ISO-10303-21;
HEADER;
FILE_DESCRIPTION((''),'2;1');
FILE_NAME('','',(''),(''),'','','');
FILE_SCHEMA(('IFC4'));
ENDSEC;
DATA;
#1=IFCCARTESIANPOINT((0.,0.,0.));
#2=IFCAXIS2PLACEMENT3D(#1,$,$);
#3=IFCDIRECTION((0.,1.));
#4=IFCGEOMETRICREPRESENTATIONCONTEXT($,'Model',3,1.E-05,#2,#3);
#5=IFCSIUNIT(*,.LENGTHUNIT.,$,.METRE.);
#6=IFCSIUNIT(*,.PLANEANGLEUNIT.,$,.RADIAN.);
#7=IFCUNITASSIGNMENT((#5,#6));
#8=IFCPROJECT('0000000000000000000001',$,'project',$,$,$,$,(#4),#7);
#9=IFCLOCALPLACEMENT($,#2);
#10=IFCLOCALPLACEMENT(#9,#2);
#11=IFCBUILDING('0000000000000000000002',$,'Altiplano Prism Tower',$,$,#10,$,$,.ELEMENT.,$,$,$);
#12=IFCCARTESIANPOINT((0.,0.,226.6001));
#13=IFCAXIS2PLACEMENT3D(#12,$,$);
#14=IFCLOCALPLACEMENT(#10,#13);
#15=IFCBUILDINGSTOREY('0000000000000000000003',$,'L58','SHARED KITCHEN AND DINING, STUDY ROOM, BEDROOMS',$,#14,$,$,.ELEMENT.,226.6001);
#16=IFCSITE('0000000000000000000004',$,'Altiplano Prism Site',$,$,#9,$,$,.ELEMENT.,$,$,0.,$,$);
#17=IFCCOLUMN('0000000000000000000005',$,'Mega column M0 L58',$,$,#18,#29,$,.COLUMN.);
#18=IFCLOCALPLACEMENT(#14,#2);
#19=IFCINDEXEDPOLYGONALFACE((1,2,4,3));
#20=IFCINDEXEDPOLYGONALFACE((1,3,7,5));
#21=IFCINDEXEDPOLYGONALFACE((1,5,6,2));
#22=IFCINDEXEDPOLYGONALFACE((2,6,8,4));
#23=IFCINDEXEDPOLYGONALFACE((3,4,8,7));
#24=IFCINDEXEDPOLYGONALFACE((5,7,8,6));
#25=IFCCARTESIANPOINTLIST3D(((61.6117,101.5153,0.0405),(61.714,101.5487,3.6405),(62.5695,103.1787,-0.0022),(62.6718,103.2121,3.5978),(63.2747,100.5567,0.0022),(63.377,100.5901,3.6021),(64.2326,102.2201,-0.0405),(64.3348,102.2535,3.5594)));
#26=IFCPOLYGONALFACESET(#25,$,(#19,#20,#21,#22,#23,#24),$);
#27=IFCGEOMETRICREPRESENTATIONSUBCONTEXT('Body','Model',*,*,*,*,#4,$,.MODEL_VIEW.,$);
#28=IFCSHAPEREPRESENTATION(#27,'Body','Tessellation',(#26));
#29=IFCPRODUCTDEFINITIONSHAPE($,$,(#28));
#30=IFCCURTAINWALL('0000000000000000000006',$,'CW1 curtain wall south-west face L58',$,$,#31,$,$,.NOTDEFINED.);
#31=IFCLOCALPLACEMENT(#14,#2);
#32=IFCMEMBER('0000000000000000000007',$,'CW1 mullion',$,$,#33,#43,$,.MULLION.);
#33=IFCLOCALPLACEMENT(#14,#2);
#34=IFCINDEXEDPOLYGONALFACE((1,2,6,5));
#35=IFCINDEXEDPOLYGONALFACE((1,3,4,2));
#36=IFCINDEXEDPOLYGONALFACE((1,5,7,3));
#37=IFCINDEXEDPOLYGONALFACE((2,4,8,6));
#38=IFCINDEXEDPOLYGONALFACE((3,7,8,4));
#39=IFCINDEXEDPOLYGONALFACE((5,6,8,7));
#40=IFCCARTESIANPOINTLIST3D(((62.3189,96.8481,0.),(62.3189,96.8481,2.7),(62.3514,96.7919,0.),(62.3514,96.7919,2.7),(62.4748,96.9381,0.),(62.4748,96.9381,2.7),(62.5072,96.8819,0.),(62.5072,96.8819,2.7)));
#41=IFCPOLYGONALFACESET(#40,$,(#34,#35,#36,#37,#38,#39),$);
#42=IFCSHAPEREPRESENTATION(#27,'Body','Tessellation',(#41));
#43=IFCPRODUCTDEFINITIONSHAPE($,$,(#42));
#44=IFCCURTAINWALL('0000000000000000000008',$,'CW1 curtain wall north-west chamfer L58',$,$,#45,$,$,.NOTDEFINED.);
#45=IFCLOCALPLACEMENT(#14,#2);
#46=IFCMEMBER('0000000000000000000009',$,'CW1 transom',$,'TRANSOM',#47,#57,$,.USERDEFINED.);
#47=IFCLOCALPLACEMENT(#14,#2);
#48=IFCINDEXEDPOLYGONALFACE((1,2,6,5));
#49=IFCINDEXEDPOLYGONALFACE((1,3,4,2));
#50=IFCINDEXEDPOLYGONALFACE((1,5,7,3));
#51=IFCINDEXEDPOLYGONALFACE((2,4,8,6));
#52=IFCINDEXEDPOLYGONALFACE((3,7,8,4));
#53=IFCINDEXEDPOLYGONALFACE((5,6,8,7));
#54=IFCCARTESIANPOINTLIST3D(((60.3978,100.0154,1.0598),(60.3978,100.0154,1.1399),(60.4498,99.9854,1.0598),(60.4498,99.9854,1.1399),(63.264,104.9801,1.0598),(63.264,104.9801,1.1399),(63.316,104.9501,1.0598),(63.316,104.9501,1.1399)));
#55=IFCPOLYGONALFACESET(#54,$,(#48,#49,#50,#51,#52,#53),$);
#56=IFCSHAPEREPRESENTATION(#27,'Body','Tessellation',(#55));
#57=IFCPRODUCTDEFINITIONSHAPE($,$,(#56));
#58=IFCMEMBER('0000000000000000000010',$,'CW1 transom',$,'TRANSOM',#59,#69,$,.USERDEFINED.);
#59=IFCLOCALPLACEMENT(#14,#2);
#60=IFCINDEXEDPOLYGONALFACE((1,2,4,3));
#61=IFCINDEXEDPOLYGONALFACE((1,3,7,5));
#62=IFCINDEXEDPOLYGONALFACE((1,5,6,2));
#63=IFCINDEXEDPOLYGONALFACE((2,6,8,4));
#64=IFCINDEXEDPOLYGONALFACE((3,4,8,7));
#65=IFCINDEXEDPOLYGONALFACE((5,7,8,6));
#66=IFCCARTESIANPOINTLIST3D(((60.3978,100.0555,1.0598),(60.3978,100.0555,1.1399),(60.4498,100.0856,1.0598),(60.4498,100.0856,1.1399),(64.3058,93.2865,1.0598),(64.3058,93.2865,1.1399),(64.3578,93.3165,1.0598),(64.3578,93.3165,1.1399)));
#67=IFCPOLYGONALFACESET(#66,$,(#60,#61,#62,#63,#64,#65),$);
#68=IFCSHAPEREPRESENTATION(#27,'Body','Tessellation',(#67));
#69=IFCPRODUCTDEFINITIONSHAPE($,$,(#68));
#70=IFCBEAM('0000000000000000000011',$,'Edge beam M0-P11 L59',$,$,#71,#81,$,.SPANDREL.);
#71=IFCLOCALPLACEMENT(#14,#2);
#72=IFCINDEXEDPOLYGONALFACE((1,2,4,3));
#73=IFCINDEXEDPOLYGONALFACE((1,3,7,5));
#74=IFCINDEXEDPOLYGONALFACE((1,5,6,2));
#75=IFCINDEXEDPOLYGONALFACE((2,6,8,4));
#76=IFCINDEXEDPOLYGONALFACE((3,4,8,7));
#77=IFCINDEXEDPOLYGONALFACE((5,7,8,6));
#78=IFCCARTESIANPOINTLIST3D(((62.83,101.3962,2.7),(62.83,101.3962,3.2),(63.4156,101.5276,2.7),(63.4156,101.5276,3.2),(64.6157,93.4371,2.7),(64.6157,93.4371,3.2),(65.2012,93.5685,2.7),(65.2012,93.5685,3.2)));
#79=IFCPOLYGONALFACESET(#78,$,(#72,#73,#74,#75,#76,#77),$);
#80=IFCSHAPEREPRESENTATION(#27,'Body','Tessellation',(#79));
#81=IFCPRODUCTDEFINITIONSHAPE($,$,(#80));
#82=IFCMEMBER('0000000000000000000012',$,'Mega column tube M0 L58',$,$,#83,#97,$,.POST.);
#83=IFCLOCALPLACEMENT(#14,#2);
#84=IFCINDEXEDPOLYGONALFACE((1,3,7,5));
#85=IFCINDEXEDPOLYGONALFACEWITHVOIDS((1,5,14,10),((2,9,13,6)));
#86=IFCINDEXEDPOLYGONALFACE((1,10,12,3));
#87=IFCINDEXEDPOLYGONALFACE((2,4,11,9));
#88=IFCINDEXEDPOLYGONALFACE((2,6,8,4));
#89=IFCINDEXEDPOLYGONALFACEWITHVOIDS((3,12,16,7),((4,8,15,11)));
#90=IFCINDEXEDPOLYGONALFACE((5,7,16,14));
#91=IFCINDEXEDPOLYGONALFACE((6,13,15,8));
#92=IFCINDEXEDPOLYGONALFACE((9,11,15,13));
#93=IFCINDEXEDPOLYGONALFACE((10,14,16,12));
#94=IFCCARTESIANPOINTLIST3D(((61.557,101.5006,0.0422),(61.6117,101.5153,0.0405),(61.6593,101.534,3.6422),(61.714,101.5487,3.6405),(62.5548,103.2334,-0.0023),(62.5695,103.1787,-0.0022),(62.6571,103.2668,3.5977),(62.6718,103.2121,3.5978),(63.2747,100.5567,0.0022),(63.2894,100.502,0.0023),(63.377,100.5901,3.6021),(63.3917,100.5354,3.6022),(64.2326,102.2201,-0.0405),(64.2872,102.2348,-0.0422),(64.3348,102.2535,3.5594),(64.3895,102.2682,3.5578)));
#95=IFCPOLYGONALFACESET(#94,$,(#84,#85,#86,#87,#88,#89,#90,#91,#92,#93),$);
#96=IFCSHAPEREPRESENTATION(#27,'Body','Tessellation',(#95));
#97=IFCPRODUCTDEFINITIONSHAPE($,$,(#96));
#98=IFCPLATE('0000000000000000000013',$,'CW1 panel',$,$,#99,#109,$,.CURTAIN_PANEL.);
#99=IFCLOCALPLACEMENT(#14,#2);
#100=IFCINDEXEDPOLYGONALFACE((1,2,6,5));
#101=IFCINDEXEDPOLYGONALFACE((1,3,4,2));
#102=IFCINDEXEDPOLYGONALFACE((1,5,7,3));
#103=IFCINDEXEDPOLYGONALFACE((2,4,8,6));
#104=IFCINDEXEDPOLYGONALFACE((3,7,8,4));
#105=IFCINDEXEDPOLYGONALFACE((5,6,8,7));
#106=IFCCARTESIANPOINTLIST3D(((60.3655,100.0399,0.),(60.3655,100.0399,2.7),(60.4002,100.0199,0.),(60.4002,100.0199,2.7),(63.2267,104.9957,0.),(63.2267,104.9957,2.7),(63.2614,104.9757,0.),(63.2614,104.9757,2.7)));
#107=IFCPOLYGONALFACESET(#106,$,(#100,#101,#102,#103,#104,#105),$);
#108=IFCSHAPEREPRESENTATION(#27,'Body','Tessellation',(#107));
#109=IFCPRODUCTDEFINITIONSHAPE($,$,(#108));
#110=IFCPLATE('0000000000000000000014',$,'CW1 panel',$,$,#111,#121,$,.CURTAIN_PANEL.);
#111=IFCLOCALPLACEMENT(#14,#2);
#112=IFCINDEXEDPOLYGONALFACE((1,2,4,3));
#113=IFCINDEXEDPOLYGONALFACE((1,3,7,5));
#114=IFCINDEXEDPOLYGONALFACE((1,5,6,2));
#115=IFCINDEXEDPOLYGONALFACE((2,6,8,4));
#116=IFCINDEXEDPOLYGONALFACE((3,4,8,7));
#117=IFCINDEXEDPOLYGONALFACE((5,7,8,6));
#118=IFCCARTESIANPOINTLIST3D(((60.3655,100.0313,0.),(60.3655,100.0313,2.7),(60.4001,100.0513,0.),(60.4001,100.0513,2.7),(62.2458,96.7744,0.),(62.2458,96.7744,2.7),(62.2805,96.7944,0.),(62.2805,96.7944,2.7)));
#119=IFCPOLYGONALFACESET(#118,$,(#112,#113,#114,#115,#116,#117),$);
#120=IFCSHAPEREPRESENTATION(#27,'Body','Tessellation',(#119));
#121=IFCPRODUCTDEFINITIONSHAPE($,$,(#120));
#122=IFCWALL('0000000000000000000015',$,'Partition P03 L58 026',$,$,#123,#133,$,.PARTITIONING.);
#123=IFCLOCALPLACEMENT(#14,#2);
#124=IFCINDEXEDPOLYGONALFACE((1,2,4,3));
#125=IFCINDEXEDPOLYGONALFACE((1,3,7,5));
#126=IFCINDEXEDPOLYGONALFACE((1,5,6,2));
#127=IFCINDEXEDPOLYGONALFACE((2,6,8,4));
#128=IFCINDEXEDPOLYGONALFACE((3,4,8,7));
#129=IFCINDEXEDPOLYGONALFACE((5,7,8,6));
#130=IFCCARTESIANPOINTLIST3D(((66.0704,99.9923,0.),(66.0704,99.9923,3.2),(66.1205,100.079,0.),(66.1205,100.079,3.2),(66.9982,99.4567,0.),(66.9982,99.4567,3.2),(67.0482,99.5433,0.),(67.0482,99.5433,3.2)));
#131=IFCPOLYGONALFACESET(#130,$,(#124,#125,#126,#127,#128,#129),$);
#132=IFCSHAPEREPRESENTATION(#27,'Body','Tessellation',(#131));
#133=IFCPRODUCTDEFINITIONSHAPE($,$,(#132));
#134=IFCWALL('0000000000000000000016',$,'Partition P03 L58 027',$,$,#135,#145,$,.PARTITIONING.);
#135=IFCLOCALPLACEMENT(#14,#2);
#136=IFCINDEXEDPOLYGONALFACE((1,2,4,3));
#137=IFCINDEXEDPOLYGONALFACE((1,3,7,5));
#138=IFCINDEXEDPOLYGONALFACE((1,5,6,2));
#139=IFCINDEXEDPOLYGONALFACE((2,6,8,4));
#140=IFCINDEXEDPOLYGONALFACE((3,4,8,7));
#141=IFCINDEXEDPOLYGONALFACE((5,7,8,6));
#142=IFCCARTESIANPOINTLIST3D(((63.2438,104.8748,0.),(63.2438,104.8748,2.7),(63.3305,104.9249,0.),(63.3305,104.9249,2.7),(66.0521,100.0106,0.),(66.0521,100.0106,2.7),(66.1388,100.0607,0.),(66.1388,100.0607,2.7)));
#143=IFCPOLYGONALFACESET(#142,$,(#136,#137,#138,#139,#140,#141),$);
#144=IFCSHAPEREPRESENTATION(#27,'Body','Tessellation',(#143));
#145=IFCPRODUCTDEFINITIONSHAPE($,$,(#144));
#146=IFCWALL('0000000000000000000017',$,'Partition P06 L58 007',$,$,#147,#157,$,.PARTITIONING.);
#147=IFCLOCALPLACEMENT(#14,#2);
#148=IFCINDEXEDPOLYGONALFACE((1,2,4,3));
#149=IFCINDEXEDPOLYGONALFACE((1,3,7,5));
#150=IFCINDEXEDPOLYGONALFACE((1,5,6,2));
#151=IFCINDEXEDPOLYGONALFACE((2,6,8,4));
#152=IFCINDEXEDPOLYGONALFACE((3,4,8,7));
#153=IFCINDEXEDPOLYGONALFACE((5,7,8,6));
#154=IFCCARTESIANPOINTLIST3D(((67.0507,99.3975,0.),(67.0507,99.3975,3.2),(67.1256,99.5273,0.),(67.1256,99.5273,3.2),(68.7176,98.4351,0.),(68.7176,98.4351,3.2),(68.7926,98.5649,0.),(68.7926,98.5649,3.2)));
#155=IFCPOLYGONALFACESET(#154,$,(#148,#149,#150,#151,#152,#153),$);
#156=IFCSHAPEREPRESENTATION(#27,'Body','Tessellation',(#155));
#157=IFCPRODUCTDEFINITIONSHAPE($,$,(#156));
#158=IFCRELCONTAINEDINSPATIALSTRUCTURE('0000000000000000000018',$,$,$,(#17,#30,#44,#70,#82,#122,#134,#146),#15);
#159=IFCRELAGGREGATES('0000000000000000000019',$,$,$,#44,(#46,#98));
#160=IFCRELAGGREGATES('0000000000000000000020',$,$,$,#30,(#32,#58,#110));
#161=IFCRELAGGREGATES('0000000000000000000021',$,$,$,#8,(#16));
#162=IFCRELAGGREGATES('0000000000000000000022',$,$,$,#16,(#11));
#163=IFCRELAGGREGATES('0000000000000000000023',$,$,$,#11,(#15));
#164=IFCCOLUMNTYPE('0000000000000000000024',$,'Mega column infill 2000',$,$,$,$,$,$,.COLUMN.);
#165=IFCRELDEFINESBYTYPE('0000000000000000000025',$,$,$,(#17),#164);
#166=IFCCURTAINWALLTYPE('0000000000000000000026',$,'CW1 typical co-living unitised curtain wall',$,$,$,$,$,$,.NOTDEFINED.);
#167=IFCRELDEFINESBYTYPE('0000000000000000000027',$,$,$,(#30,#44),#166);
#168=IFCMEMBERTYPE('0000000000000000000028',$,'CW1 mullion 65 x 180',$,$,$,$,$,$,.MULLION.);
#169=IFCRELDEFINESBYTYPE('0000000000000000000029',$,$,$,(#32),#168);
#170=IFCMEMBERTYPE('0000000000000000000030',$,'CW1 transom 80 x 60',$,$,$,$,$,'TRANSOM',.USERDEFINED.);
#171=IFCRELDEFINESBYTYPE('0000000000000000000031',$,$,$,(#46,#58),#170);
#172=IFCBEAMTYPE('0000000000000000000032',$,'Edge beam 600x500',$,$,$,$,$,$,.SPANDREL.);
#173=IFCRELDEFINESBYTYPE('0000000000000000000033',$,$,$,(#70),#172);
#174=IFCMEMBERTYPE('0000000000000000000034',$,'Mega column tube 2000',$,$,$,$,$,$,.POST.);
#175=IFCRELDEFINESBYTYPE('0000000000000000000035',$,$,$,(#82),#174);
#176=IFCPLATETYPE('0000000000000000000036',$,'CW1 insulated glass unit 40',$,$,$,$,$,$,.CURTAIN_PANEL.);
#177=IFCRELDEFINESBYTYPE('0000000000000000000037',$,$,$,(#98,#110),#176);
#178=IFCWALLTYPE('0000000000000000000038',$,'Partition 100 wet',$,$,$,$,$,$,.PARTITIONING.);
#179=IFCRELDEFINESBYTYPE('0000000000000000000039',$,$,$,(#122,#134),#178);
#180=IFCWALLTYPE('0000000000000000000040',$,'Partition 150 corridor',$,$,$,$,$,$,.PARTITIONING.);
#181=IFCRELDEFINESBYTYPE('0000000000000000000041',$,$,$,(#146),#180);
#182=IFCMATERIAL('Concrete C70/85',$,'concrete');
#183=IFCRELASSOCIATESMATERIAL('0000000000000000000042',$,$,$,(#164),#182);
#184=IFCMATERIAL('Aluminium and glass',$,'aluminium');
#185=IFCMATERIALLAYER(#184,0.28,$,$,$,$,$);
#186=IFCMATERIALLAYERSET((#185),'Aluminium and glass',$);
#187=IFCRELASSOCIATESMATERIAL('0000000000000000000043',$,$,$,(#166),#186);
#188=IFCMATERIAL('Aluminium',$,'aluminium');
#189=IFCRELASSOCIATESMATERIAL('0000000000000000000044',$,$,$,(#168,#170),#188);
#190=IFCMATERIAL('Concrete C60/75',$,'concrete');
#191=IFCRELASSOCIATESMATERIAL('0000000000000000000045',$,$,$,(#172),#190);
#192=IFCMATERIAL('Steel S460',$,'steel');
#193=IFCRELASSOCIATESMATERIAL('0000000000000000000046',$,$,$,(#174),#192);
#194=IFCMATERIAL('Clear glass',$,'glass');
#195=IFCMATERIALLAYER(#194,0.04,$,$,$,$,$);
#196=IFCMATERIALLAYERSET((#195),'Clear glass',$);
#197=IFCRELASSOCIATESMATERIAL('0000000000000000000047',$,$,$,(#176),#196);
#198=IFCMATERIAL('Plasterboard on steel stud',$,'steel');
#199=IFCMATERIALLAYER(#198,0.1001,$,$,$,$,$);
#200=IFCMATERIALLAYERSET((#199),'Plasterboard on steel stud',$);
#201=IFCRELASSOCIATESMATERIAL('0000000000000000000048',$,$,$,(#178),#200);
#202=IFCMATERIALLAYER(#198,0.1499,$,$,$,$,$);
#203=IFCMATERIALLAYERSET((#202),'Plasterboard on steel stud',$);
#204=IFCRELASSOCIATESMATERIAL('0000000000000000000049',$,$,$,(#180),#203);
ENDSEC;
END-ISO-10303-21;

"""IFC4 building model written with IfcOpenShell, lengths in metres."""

from ifc_helpers import new_model, si_unit, direction, frame, frame_2d, origin, origin_2d, place, context, subcontext, project, spatial, rectangle, hollow_rectangle, extrude, material, layer, layer_set, material_profile, profile_set, type_object, element, aggregate, save


model = new_model("IFC4")

# Units and contexts
model_context = context("Model", 3, precision=1e-05, world=origin(), true_north=direction((0.0, 1.0)))
body_context = subcontext(model_context, "Body", "Model", "MODEL_VIEW")
ifc_project = project(units=[si_unit("LENGTHUNIT", "METRE"), si_unit("PLANEANGLEUNIT", "RADIAN")], contexts=[model_context])

# Site, building, storey
site_placement = place(None, origin())
site = spatial("IfcSite", under=ifc_project, at=site_placement, Name="Altiplano Prism Site", CompositionType="ELEMENT", RefElevation=0.0)
building_placement = place(site_placement, origin())
building = spatial("IfcBuilding", under=site, at=building_placement, Name="Altiplano Prism Tower", CompositionType="ELEMENT")
storey_placement = place(building_placement, frame((0.0, 0.0, 226.6001)))
storey = spatial("IfcBuildingStorey", under=building, at=storey_placement, Name="L58", Description="SHARED KITCHEN AND DINING, STUDY ROOM, BEDROOMS", CompositionType="ELEMENT", Elevation=226.6001)

# Column
ifc_material_1 = material(Name="Concrete C70/85", Category="concrete")
ifc_material_profile_1 = material_profile(ifc_material_1, rectangle(XDim=1.9199, YDim=1.9199, at=origin_2d()), Name="Mega column infill 2000")
ifc_profile_set_1 = profile_set([ifc_material_profile_1], Name="Concrete C70/85")
column_type = type_object("IfcColumnType", Name="Mega column infill 2000", PredefinedType="COLUMN", material=ifc_profile_set_1)
column_placement = place(storey_placement, frame((62.9221, 101.8677, 0.0), z_axis=(0.028404, 0.009287, 0.999553), x_axis=(-0.866202, 0.499295, 0.019975)))
element("IfcColumn", 1, at=column_placement, inside=storey, type_object=column_type, Name="Mega column M0 L58", PredefinedType="COLUMN", context=body_context, shape_type="SweptSolid", body=[
    extrude(rectangle(XDim=1.9199, YDim=1.9199, at=origin_2d()), origin(), (0.0, 0.0, 1.0), 3.6016),
])

# Curtain walls, members
ifc_material_2 = material(Name="Aluminium and glass", Category="aluminium")
ifc_layer_1 = layer(ifc_material_2, 0.28)
ifc_layer_set_1 = layer_set([ifc_layer_1], Name="Aluminium and glass")
curtain_wall_type = type_object("IfcCurtainWallType", Name="CW1 typical co-living unitised curtain wall", PredefinedType="NOTDEFINED", material=ifc_layer_set_1)
curtain_wall_1_placement = place(storey_placement, origin())
curtain_wall_1 = element("IfcCurtainWall", 2, at=curtain_wall_1_placement, inside=storey, type_object=curtain_wall_type, Name="CW1 curtain wall south-west face L58", PredefinedType="NOTDEFINED")
ifc_material_3 = material(Name="Aluminium", Category="aluminium")
ifc_material_profile_2 = material_profile(ifc_material_3, rectangle(XDim=0.1799, YDim=0.0649, at=origin_2d()), Name="CW1 mullion 65 x 180")
ifc_profile_set_2 = profile_set([ifc_material_profile_2], Name="Aluminium")
member_type_1 = type_object("IfcMemberType", Name="CW1 mullion 65 x 180", PredefinedType="MULLION", material=ifc_profile_set_2)
member_1_placement = place(storey_placement, frame((62.4131, 96.865, 0.0), z_axis=(0.0, 0.0, 1.0), x_axis=(0.866025, 0.5, 0.0)))
member_1 = element("IfcMember", 3, at=member_1_placement, type_object=member_type_1, Name="CW1 mullion", PredefinedType="MULLION", context=body_context, shape_type="SweptSolid", body=[
    extrude(rectangle(XDim=0.1799, YDim=0.0649, at=origin_2d()), origin(), (0.0, 0.0, 1.0), 2.7),
])
curtain_wall_2_placement = place(storey_placement, origin())
curtain_wall_2 = element("IfcCurtainWall", 4, at=curtain_wall_2_placement, inside=storey, type_object=curtain_wall_type, Name="CW1 curtain wall north-west chamfer L58", PredefinedType="NOTDEFINED")
ifc_material_profile_3 = material_profile(ifc_material_3, rectangle(XDim=0.0601, YDim=0.0801, at=origin_2d()), Name="CW1 transom 80 x 60")
ifc_profile_set_3 = profile_set([ifc_material_profile_3], Name="Aluminium")
member_type_2 = type_object("IfcMemberType", Name="CW1 transom 80 x 60", ElementType="TRANSOM", PredefinedType="USERDEFINED", material=ifc_profile_set_3)
member_2_placement = place(storey_placement, frame((63.29, 104.9651, 1.0999), z_axis=(-0.499987, -0.866033, 0.0), x_axis=(0.866033, -0.499987, 0.0)))
member_2 = element("IfcMember", 5, at=member_2_placement, type_object=member_type_2, Name="CW1 transom", ObjectType="TRANSOM", PredefinedType="USERDEFINED", context=body_context, shape_type="SweptSolid", body=[
    extrude(rectangle(XDim=0.0601, YDim=0.0801, at=origin_2d()), origin(), (0.0, 0.0, 1.0), 5.7327),
])

# Member
member_3_placement = place(storey_placement, frame((60.4238, 100.0706, 1.0999), z_axis=(0.499986, -0.866034, 0.0), x_axis=(0.866034, 0.499986, 0.0)))
member_3 = element("IfcMember", 6, at=member_3_placement, type_object=member_type_2, Name="CW1 transom", ObjectType="TRANSOM", PredefinedType="USERDEFINED", context=body_context, shape_type="SweptSolid", body=[
    extrude(rectangle(XDim=0.0601, YDim=0.0801, at=origin_2d()), origin(), (0.0, 0.0, 1.0), 7.8162),
])

# Beam
ifc_material_4 = material(Name="Concrete C60/75", Category="concrete")
ifc_material_profile_4 = material_profile(ifc_material_4, rectangle(XDim=0.6001, YDim=0.5, at=origin_2d()), Name="Edge beam 600x500")
ifc_profile_set_4 = profile_set([ifc_material_profile_4], Name="Concrete C60/75")
beam_type = type_object("IfcBeamType", Name="Edge beam 600x500", PredefinedType="SPANDREL", material=ifc_profile_set_4)
beam_placement = place(storey_placement, frame((63.1228, 101.4619, 2.95), z_axis=(0.218908, -0.975746, 0.0), x_axis=(0.975746, 0.218908, 0.0)))
element("IfcBeam", 7, at=beam_placement, inside=storey, type_object=beam_type, Name="Edge beam M0-P11 L59", PredefinedType="SPANDREL", context=body_context, shape_type="SweptSolid", body=[
    extrude(rectangle(XDim=0.6001, YDim=0.5, at=origin_2d()), origin(), (0.0, 0.0, 1.0), 8.157),
])

# Member
ifc_material_5 = material(Name="Steel S460", Category="steel")
ifc_material_profile_5 = material_profile(ifc_material_5, hollow_rectangle(XDim=2.0, YDim=2.0, WallThickness=0.04, at=origin_2d()), Name="Mega column tube 2000")
ifc_profile_set_5 = profile_set([ifc_material_profile_5], Name="Steel S460")
member_type_3 = type_object("IfcMemberType", Name="Mega column tube 2000", PredefinedType="POST", material=ifc_profile_set_5)
member_4_placement = place(storey_placement, frame((62.9221, 101.8677, 0.0), z_axis=(0.028404, 0.009287, 0.999553), x_axis=(-0.866202, 0.499295, 0.019975)))
element("IfcMember", 8, at=member_4_placement, inside=storey, type_object=member_type_3, Name="Mega column tube M0 L58", PredefinedType="POST", context=body_context, shape_type="SweptSolid", body=[
    extrude(hollow_rectangle(XDim=2.0, YDim=2.0, WallThickness=0.04, at=origin_2d()), origin(), (0.0, 0.0, 1.0), 3.6016),
])

# Plates
ifc_material_6 = material(Name="Clear glass", Category="glass")
ifc_layer_2 = layer(ifc_material_6, 0.04)
ifc_layer_set_2 = layer_set([ifc_layer_2], Name="Clear glass")
plate_type = type_object("IfcPlateType", Name="CW1 insulated glass unit 40", PredefinedType="CURTAIN_PANEL", material=ifc_layer_set_2)
plate_1_placement = place(storey_placement, frame((61.8135, 102.5078, 0.0), z_axis=(0.0, 0.0, 1.0), x_axis=(-0.5, -0.866025, 0.0)))
plate_1 = element("IfcPlate", 9, at=plate_1_placement, type_object=plate_type, Name="CW1 panel", PredefinedType="CURTAIN_PANEL", context=body_context, shape_type="SweptSolid", body=[
    extrude(rectangle(XDim=5.7224, YDim=0.04, at=origin_2d()), origin(), (0.0, 0.0, 1.0), 2.7),
])
aggregate(curtain_wall_2, [member_2, plate_1])
plate_2_placement = place(storey_placement, frame((61.323, 98.4128, 0.0), z_axis=(0.0, 0.0, 1.0), x_axis=(0.5, -0.866025, 0.0)))
plate_2 = element("IfcPlate", 10, at=plate_2_placement, type_object=plate_type, Name="CW1 panel", PredefinedType="CURTAIN_PANEL", context=body_context, shape_type="SweptSolid", body=[
    extrude(rectangle(XDim=3.7607, YDim=0.04, at=origin_2d()), origin(), (0.0, 0.0, 1.0), 2.7),
])
aggregate(curtain_wall_1, [member_1, member_3, plate_2])

# Walls
ifc_material_7 = material(Name="Plasterboard on steel stud", Category="steel")
ifc_layer_3 = layer(ifc_material_7, 0.1001)
ifc_layer_set_3 = layer_set([ifc_layer_3], Name="Plasterboard on steel stud")
wall_type_1 = type_object("IfcWallType", Name="Partition 100 wet", PredefinedType="PARTITIONING", material=ifc_layer_set_3)
wall_1_placement = place(storey_placement, frame((67.0232, 99.5, 0.0), z_axis=(0.0, 0.0, 1.0), x_axis=(-0.866019, 0.500012, 0.0)))
element("IfcWall", 11, at=wall_1_placement, inside=storey, type_object=wall_type_1, Name="Partition P03 L58 026", PredefinedType="PARTITIONING", context=body_context, shape_type="SweptSolid", body=[
    extrude(rectangle(XDim=1.0713, YDim=0.1001, at=frame_2d((0.5356, 0.0))), origin(), (0.0, 0.0, 1.0), 3.2),
])
wall_2_placement = place(storey_placement, frame((66.0955, 100.0356, 0.0), z_axis=(0.0, 0.0, 1.0), x_axis=(-0.499996, 0.866028, 0.0)))
element("IfcWall", 12, at=wall_2_placement, inside=storey, type_object=wall_type_1, Name="Partition P03 L58 027", PredefinedType="PARTITIONING", context=body_context, shape_type="SweptSolid", body=[
    extrude(rectangle(XDim=5.6167, YDim=0.1001, at=frame_2d((2.8083, 0.0))), origin(), (0.0, 0.0, 1.0), 2.7),
])
ifc_layer_4 = layer(ifc_material_7, 0.1499)
ifc_layer_set_4 = layer_set([ifc_layer_4], Name="Plasterboard on steel stud")
wall_type_2 = type_object("IfcWallType", Name="Partition 150 corridor", PredefinedType="PARTITIONING", material=ifc_layer_set_4)
wall_3_placement = place(storey_placement, frame((67.0881, 99.4624, 0.0), z_axis=(0.0, 0.0, 1.0), x_axis=(0.866034, -0.499986, 0.0)))
element("IfcWall", 13, at=wall_3_placement, inside=storey, type_object=wall_type_2, Name="Partition P06 L58 007", PredefinedType="PARTITIONING", context=body_context, shape_type="SweptSolid", body=[
    extrude(rectangle(XDim=1.9248, YDim=0.1499, at=frame_2d((0.9624, 0.0))), origin(), (0.0, 0.0, 1.0), 3.2),
])

save(model, "model.ifc")
